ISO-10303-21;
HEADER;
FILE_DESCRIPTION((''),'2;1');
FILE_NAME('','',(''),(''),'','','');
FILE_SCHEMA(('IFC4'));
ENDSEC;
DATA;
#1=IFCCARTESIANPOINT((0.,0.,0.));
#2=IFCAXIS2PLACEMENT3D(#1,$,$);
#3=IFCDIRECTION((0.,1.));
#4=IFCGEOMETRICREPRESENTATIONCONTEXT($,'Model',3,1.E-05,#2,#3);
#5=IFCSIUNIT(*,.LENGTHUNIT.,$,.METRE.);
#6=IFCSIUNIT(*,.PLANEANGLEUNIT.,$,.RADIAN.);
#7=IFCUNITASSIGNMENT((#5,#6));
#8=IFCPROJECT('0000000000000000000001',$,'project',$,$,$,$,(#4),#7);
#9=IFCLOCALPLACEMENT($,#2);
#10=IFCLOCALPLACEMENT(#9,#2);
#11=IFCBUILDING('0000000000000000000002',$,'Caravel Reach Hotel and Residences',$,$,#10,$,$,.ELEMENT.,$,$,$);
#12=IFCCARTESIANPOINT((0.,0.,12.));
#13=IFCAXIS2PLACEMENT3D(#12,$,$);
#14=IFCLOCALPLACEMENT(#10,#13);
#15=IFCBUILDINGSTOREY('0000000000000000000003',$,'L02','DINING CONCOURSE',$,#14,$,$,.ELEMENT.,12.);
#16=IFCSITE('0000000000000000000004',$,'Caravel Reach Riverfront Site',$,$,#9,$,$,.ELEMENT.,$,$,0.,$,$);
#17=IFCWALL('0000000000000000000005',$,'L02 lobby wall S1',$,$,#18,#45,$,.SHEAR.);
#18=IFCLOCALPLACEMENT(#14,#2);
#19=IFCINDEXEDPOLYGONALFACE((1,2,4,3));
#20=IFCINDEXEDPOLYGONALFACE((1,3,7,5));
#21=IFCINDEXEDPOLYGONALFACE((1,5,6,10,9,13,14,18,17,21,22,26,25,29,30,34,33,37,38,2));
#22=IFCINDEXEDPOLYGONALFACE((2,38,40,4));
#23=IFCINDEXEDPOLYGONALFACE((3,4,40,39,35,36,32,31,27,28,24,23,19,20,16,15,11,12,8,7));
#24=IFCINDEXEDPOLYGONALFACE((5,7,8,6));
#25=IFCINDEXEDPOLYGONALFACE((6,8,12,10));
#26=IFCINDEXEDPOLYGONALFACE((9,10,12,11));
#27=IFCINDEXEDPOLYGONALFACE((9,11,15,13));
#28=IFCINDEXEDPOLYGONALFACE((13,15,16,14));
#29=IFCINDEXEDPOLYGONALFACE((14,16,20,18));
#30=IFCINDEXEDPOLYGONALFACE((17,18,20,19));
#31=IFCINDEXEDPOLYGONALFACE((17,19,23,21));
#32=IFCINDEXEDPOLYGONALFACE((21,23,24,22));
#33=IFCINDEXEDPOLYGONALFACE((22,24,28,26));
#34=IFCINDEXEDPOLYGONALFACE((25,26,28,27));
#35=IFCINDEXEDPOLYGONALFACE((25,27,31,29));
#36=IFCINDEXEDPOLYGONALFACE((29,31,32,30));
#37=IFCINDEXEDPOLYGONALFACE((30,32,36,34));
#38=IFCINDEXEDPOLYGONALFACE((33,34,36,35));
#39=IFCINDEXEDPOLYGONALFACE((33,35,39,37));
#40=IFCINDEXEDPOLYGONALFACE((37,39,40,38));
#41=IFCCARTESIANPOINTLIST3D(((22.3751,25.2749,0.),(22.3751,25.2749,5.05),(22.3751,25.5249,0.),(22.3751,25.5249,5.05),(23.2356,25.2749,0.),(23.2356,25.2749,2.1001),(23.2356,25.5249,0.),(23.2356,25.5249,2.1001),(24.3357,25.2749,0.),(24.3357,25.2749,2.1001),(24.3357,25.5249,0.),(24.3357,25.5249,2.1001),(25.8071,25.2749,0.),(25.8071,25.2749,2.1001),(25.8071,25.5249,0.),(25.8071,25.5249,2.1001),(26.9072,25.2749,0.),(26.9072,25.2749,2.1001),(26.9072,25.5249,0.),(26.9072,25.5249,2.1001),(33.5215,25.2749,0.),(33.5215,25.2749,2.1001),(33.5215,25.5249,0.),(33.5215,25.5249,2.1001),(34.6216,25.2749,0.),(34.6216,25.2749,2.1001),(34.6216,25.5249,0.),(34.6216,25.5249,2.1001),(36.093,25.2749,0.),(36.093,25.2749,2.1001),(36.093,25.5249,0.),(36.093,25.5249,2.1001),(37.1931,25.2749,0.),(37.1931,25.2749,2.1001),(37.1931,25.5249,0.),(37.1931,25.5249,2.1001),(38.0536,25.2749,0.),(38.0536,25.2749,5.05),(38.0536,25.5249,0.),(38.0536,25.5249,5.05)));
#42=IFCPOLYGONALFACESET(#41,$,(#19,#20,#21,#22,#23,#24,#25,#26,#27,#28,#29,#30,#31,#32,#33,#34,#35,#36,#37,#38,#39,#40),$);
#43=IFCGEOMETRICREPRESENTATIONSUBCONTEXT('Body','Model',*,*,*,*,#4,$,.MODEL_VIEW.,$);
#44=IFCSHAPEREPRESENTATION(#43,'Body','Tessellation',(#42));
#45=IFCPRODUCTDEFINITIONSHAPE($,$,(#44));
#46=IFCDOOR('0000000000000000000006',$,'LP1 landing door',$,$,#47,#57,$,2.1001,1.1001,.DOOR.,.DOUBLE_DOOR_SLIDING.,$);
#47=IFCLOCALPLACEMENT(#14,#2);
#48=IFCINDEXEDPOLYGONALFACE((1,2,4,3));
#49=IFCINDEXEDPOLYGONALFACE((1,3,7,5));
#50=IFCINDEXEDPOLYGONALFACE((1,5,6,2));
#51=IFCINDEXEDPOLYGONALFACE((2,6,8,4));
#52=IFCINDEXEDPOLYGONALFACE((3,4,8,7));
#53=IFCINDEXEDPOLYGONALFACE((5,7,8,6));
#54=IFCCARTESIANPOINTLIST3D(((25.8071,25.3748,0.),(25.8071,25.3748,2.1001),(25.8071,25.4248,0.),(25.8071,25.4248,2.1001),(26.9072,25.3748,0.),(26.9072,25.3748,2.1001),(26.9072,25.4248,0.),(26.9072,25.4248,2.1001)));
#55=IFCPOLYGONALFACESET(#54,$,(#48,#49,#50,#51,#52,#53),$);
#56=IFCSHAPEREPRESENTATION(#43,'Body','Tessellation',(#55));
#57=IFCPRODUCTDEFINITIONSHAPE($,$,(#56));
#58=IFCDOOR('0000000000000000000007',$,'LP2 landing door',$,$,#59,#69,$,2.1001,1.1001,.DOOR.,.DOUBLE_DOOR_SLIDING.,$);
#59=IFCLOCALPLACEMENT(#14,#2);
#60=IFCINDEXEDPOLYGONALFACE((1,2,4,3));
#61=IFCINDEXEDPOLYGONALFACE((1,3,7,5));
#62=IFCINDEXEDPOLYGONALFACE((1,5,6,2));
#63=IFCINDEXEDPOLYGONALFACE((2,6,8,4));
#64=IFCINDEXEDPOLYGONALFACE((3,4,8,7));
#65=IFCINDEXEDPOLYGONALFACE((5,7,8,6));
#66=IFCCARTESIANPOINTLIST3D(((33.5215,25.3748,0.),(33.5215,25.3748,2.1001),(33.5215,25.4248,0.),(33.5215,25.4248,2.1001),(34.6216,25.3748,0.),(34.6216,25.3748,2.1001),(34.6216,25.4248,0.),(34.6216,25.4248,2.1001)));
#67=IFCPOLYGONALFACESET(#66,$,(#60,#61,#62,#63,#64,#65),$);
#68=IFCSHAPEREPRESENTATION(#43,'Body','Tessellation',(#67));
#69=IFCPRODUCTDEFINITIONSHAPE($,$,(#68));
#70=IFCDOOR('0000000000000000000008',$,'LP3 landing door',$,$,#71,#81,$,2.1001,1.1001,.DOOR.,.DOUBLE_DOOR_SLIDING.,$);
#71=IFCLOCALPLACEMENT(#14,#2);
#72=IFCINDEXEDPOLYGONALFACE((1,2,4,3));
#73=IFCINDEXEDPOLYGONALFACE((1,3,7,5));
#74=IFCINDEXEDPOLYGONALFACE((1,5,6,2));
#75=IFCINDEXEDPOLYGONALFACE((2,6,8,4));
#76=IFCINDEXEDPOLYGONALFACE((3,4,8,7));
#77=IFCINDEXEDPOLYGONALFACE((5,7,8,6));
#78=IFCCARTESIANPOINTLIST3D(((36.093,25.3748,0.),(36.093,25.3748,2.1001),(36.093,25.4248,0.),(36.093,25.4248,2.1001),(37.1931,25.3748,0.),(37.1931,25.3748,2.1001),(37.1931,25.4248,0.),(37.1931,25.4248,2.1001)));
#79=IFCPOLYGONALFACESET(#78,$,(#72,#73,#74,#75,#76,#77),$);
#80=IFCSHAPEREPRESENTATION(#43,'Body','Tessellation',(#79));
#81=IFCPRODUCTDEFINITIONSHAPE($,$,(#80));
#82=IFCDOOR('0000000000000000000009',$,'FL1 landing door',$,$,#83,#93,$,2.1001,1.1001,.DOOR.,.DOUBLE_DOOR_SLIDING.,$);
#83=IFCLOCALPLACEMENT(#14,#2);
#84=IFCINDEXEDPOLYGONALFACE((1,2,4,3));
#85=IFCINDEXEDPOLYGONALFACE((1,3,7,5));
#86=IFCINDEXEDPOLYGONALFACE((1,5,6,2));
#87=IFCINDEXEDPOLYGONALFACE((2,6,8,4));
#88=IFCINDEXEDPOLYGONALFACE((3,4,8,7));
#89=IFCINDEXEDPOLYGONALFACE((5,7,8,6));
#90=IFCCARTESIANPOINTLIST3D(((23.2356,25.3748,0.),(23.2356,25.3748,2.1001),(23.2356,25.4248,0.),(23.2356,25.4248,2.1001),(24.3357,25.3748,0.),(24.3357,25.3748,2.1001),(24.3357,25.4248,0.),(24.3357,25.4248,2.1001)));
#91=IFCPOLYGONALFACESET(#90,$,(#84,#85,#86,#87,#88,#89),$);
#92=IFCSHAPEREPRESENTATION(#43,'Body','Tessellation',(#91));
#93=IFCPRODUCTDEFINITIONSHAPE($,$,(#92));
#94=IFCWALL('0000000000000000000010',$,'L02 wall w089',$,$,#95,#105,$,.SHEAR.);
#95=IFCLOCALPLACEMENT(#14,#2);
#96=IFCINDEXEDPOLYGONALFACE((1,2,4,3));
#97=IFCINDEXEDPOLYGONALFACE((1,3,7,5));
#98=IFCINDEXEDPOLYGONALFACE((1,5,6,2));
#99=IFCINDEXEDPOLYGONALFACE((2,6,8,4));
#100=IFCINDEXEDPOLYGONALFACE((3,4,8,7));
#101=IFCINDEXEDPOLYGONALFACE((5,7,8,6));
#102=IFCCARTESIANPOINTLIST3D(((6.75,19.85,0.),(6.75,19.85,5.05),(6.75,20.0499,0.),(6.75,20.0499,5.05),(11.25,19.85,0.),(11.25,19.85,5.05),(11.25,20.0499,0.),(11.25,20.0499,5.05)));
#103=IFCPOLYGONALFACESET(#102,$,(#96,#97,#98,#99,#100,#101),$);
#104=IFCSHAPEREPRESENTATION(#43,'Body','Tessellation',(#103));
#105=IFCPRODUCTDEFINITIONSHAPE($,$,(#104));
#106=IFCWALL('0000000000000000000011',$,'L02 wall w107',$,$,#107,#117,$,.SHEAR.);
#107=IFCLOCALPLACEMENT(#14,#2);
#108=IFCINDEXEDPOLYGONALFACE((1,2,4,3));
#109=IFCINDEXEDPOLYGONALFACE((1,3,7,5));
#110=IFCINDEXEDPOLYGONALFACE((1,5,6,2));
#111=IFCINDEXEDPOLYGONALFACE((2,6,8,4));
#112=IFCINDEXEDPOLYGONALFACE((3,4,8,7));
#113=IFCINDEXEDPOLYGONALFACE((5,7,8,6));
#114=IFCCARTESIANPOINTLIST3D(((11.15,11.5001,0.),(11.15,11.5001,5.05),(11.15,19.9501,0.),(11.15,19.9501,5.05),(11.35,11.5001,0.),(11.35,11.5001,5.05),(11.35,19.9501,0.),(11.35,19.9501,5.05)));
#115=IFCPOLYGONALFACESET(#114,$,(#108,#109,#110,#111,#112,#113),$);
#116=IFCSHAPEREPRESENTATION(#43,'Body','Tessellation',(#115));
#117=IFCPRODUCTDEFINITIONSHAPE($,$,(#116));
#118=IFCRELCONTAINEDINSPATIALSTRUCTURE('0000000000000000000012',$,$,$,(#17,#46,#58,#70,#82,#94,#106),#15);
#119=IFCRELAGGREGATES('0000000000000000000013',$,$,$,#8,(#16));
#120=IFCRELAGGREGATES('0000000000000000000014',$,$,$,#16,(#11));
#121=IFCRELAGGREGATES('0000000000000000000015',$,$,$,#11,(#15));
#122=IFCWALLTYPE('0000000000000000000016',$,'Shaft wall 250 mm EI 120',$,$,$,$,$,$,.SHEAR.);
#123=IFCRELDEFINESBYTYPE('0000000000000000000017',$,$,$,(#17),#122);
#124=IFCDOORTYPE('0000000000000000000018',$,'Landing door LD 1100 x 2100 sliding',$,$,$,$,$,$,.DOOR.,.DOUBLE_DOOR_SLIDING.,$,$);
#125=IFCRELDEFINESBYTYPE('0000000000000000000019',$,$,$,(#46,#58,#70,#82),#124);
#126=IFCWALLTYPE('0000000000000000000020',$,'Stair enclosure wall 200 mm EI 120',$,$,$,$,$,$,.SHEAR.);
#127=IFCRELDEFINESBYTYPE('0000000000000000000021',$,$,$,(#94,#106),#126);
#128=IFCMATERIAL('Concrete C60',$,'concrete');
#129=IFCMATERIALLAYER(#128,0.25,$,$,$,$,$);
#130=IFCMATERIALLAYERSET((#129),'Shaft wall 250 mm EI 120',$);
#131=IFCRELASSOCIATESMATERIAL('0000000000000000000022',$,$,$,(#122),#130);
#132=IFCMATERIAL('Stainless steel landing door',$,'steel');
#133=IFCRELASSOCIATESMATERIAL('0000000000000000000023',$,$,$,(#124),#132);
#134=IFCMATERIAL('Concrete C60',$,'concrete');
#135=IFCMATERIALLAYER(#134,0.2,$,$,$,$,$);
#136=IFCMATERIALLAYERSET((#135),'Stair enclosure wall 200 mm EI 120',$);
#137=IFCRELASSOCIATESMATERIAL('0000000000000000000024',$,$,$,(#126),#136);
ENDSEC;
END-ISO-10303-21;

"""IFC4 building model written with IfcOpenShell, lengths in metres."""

from ifc_helpers import new_model, si_unit, direction, frame, frame_2d, origin, place, context, subcontext, project, spatial, rectangle, extrude, material, layer, layer_set, type_object, element, fill, save


model = new_model("IFC4")

# Units and contexts
model_context = context("Model", 3, precision=1e-05, world=origin(), true_north=direction((0.0, 1.0)))
body_context = subcontext(model_context, "Body", "Model", "MODEL_VIEW")
ifc_project = project(units=[si_unit("LENGTHUNIT", "METRE"), si_unit("PLANEANGLEUNIT", "RADIAN")], contexts=[model_context])

# Site, building, storey
site_placement = place(None, origin())
site = spatial("IfcSite", under=ifc_project, at=site_placement, Name="Caravel Reach Riverfront Site", CompositionType="ELEMENT", RefElevation=0.0)
building_placement = place(site_placement, origin())
building = spatial("IfcBuilding", under=site, at=building_placement, Name="Caravel Reach Hotel and Residences", CompositionType="ELEMENT")
storey_placement = place(building_placement, frame((0.0, 0.0, 12.0)))
storey = spatial("IfcBuildingStorey", under=building, at=storey_placement, Name="L02", Description="DINING CONCOURSE", CompositionType="ELEMENT", Elevation=12.0)

# Wall, openings, doors
ifc_material_1 = material(Name="Concrete C60", Category="concrete")
ifc_layer_1 = layer(ifc_material_1, 0.25)
ifc_layer_set_1 = layer_set([ifc_layer_1], Name="Shaft wall 250 mm EI 120")
wall_type_1 = type_object("IfcWallType", Name="Shaft wall 250 mm EI 120", PredefinedType="SHEAR", material=ifc_layer_set_1)
wall_1_placement = place(storey_placement, frame((22.375, 25.3999, 0.0), z_axis=(0.0, 0.0, 1.0), x_axis=(1.0, 0.0, 0.0)))
wall_1 = element("IfcWall", 1, at=wall_1_placement, inside=storey, type_object=wall_type_1, Name="L02 lobby wall S1", PredefinedType="SHEAR", context=body_context, shape_type="SweptSolid", body=[
    extrude(rectangle(XDim=15.6785, YDim=0.25, at=frame_2d((7.8394, 0.0))), origin(), (0.0, 0.0, 1.0), 5.05),
])
opening_1_placement = place(wall_1_placement, frame((3.4321, 0.0, 0.0)))
opening_1 = element("IfcOpeningElement", 2, at=opening_1_placement, cuts=wall_1, PredefinedType="OPENING", context=body_context, shape_type="SweptSolid", body=[
    extrude(rectangle(XDim=1.1001, YDim=2.1001, at=frame_2d((0.55, 1.05))), frame((0.0, 0.135, 0.0), z_axis=(0.0, -1.0, 0.0), x_axis=(1.0, 0.0, 0.0)), (0.0, 0.0, 1.0), 0.27),
])
opening_2_placement = place(wall_1_placement, frame((11.1465, 0.0, 0.0)))
opening_2 = element("IfcOpeningElement", 3, at=opening_2_placement, cuts=wall_1, PredefinedType="OPENING", context=body_context, shape_type="SweptSolid", body=[
    extrude(rectangle(XDim=1.1001, YDim=2.1001, at=frame_2d((0.55, 1.05))), frame((0.0, 0.135, 0.0), z_axis=(0.0, -1.0, 0.0), x_axis=(1.0, 0.0, 0.0)), (0.0, 0.0, 1.0), 0.27),
])
opening_3_placement = place(wall_1_placement, frame((13.718, 0.0, 0.0)))
opening_3 = element("IfcOpeningElement", 4, at=opening_3_placement, cuts=wall_1, PredefinedType="OPENING", context=body_context, shape_type="SweptSolid", body=[
    extrude(rectangle(XDim=1.1001, YDim=2.1001, at=frame_2d((0.55, 1.05))), frame((0.0, 0.135, 0.0), z_axis=(0.0, -1.0, 0.0), x_axis=(1.0, 0.0, 0.0)), (0.0, 0.0, 1.0), 0.27),
])
opening_4_placement = place(wall_1_placement, frame((0.8606, 0.0, 0.0)))
opening_4 = element("IfcOpeningElement", 5, at=opening_4_placement, cuts=wall_1, PredefinedType="OPENING", context=body_context, shape_type="SweptSolid", body=[
    extrude(rectangle(XDim=1.1001, YDim=2.1001, at=frame_2d((0.55, 1.05))), frame((0.0, 0.135, 0.0), z_axis=(0.0, -1.0, 0.0), x_axis=(1.0, 0.0, 0.0)), (0.0, 0.0, 1.0), 0.27),
])
ifc_material_2 = material(Name="Stainless steel landing door", Category="steel")
door_type_1 = type_object("IfcDoorType", Name="Landing door LD 1100 x 2100 sliding", OperationType="DOUBLE_DOOR_SLIDING", PredefinedType="DOOR", material=ifc_material_2)
door_1_placement = place(opening_1_placement, origin())
door_1 = element("IfcDoor", 6, at=door_1_placement, inside=storey, type_object=door_type_1, Name="LP1 landing door", OperationType="DOUBLE_DOOR_SLIDING", OverallHeight=2.1001, OverallWidth=1.1001, PredefinedType="DOOR", context=body_context, shape_type="SweptSolid", body=[
    extrude(rectangle(XDim=1.1001, YDim=2.1001, at=frame_2d((0.55, 1.05))), frame((0.0, 0.0249, 0.0), z_axis=(0.0, -1.0, 0.0), x_axis=(1.0, 0.0, 0.0)), (0.0, 0.0, 1.0), 0.05),
])
fill(opening_1, door_1)
door_2_placement = place(opening_2_placement, origin())
door_2 = element("IfcDoor", 7, at=door_2_placement, inside=storey, type_object=door_type_1, Name="LP2 landing door", OperationType="DOUBLE_DOOR_SLIDING", OverallHeight=2.1001, OverallWidth=1.1001, PredefinedType="DOOR", context=body_context, shape_type="SweptSolid", body=[
    extrude(rectangle(XDim=1.1001, YDim=2.1001, at=frame_2d((0.55, 1.05))), frame((0.0, 0.0249, 0.0), z_axis=(0.0, -1.0, 0.0), x_axis=(1.0, 0.0, 0.0)), (0.0, 0.0, 1.0), 0.05),
])
fill(opening_2, door_2)
door_3_placement = place(opening_3_placement, origin())
door_3 = element("IfcDoor", 8, at=door_3_placement, inside=storey, type_object=door_type_1, Name="LP3 landing door", OperationType="DOUBLE_DOOR_SLIDING", OverallHeight=2.1001, OverallWidth=1.1001, PredefinedType="DOOR", context=body_context, shape_type="SweptSolid", body=[
    extrude(rectangle(XDim=1.1001, YDim=2.1001, at=frame_2d((0.55, 1.05))), frame((0.0, 0.0249, 0.0), z_axis=(0.0, -1.0, 0.0), x_axis=(1.0, 0.0, 0.0)), (0.0, 0.0, 1.0), 0.05),
])
fill(opening_3, door_3)
door_4_placement = place(opening_4_placement, origin())
door_4 = element("IfcDoor", 9, at=door_4_placement, inside=storey, type_object=door_type_1, Name="FL1 landing door", OperationType="DOUBLE_DOOR_SLIDING", OverallHeight=2.1001, OverallWidth=1.1001, PredefinedType="DOOR", context=body_context, shape_type="SweptSolid", body=[
    extrude(rectangle(XDim=1.1001, YDim=2.1001, at=frame_2d((0.55, 1.05))), frame((0.0, 0.0249, 0.0), z_axis=(0.0, -1.0, 0.0), x_axis=(1.0, 0.0, 0.0)), (0.0, 0.0, 1.0), 0.05),
])
fill(opening_4, door_4)

# Walls
ifc_material_3 = material(Name="Concrete C60", Category="concrete")
ifc_layer_2 = layer(ifc_material_3, 0.2)
ifc_layer_set_2 = layer_set([ifc_layer_2], Name="Stair enclosure wall 200 mm EI 120")
wall_type_2 = type_object("IfcWallType", Name="Stair enclosure wall 200 mm EI 120", PredefinedType="SHEAR", material=ifc_layer_set_2)
wall_2_placement = place(storey_placement, frame((6.75, 19.95, 0.0), z_axis=(0.0, 0.0, 1.0), x_axis=(1.0, 0.0, 0.0)))
element("IfcWall", 10, at=wall_2_placement, inside=storey, type_object=wall_type_2, Name="L02 wall w089", PredefinedType="SHEAR", context=body_context, shape_type="SweptSolid", body=[
    extrude(rectangle(XDim=4.5, YDim=0.2, at=frame_2d((2.25, 0.0))), origin(), (0.0, 0.0, 1.0), 5.05),
])
wall_3_placement = place(storey_placement, frame((11.25, 11.5, 0.0), z_axis=(0.0, 0.0, 1.0), x_axis=(0.0, 1.0, 0.0)))
element("IfcWall", 11, at=wall_3_placement, inside=storey, type_object=wall_type_2, Name="L02 wall w107", PredefinedType="SHEAR", context=body_context, shape_type="SweptSolid", body=[
    extrude(rectangle(XDim=8.45, YDim=0.2, at=frame_2d((4.2251, 0.0))), origin(), (0.0, 0.0, 1.0), 5.05),
])

save(model, "model.ifc")
